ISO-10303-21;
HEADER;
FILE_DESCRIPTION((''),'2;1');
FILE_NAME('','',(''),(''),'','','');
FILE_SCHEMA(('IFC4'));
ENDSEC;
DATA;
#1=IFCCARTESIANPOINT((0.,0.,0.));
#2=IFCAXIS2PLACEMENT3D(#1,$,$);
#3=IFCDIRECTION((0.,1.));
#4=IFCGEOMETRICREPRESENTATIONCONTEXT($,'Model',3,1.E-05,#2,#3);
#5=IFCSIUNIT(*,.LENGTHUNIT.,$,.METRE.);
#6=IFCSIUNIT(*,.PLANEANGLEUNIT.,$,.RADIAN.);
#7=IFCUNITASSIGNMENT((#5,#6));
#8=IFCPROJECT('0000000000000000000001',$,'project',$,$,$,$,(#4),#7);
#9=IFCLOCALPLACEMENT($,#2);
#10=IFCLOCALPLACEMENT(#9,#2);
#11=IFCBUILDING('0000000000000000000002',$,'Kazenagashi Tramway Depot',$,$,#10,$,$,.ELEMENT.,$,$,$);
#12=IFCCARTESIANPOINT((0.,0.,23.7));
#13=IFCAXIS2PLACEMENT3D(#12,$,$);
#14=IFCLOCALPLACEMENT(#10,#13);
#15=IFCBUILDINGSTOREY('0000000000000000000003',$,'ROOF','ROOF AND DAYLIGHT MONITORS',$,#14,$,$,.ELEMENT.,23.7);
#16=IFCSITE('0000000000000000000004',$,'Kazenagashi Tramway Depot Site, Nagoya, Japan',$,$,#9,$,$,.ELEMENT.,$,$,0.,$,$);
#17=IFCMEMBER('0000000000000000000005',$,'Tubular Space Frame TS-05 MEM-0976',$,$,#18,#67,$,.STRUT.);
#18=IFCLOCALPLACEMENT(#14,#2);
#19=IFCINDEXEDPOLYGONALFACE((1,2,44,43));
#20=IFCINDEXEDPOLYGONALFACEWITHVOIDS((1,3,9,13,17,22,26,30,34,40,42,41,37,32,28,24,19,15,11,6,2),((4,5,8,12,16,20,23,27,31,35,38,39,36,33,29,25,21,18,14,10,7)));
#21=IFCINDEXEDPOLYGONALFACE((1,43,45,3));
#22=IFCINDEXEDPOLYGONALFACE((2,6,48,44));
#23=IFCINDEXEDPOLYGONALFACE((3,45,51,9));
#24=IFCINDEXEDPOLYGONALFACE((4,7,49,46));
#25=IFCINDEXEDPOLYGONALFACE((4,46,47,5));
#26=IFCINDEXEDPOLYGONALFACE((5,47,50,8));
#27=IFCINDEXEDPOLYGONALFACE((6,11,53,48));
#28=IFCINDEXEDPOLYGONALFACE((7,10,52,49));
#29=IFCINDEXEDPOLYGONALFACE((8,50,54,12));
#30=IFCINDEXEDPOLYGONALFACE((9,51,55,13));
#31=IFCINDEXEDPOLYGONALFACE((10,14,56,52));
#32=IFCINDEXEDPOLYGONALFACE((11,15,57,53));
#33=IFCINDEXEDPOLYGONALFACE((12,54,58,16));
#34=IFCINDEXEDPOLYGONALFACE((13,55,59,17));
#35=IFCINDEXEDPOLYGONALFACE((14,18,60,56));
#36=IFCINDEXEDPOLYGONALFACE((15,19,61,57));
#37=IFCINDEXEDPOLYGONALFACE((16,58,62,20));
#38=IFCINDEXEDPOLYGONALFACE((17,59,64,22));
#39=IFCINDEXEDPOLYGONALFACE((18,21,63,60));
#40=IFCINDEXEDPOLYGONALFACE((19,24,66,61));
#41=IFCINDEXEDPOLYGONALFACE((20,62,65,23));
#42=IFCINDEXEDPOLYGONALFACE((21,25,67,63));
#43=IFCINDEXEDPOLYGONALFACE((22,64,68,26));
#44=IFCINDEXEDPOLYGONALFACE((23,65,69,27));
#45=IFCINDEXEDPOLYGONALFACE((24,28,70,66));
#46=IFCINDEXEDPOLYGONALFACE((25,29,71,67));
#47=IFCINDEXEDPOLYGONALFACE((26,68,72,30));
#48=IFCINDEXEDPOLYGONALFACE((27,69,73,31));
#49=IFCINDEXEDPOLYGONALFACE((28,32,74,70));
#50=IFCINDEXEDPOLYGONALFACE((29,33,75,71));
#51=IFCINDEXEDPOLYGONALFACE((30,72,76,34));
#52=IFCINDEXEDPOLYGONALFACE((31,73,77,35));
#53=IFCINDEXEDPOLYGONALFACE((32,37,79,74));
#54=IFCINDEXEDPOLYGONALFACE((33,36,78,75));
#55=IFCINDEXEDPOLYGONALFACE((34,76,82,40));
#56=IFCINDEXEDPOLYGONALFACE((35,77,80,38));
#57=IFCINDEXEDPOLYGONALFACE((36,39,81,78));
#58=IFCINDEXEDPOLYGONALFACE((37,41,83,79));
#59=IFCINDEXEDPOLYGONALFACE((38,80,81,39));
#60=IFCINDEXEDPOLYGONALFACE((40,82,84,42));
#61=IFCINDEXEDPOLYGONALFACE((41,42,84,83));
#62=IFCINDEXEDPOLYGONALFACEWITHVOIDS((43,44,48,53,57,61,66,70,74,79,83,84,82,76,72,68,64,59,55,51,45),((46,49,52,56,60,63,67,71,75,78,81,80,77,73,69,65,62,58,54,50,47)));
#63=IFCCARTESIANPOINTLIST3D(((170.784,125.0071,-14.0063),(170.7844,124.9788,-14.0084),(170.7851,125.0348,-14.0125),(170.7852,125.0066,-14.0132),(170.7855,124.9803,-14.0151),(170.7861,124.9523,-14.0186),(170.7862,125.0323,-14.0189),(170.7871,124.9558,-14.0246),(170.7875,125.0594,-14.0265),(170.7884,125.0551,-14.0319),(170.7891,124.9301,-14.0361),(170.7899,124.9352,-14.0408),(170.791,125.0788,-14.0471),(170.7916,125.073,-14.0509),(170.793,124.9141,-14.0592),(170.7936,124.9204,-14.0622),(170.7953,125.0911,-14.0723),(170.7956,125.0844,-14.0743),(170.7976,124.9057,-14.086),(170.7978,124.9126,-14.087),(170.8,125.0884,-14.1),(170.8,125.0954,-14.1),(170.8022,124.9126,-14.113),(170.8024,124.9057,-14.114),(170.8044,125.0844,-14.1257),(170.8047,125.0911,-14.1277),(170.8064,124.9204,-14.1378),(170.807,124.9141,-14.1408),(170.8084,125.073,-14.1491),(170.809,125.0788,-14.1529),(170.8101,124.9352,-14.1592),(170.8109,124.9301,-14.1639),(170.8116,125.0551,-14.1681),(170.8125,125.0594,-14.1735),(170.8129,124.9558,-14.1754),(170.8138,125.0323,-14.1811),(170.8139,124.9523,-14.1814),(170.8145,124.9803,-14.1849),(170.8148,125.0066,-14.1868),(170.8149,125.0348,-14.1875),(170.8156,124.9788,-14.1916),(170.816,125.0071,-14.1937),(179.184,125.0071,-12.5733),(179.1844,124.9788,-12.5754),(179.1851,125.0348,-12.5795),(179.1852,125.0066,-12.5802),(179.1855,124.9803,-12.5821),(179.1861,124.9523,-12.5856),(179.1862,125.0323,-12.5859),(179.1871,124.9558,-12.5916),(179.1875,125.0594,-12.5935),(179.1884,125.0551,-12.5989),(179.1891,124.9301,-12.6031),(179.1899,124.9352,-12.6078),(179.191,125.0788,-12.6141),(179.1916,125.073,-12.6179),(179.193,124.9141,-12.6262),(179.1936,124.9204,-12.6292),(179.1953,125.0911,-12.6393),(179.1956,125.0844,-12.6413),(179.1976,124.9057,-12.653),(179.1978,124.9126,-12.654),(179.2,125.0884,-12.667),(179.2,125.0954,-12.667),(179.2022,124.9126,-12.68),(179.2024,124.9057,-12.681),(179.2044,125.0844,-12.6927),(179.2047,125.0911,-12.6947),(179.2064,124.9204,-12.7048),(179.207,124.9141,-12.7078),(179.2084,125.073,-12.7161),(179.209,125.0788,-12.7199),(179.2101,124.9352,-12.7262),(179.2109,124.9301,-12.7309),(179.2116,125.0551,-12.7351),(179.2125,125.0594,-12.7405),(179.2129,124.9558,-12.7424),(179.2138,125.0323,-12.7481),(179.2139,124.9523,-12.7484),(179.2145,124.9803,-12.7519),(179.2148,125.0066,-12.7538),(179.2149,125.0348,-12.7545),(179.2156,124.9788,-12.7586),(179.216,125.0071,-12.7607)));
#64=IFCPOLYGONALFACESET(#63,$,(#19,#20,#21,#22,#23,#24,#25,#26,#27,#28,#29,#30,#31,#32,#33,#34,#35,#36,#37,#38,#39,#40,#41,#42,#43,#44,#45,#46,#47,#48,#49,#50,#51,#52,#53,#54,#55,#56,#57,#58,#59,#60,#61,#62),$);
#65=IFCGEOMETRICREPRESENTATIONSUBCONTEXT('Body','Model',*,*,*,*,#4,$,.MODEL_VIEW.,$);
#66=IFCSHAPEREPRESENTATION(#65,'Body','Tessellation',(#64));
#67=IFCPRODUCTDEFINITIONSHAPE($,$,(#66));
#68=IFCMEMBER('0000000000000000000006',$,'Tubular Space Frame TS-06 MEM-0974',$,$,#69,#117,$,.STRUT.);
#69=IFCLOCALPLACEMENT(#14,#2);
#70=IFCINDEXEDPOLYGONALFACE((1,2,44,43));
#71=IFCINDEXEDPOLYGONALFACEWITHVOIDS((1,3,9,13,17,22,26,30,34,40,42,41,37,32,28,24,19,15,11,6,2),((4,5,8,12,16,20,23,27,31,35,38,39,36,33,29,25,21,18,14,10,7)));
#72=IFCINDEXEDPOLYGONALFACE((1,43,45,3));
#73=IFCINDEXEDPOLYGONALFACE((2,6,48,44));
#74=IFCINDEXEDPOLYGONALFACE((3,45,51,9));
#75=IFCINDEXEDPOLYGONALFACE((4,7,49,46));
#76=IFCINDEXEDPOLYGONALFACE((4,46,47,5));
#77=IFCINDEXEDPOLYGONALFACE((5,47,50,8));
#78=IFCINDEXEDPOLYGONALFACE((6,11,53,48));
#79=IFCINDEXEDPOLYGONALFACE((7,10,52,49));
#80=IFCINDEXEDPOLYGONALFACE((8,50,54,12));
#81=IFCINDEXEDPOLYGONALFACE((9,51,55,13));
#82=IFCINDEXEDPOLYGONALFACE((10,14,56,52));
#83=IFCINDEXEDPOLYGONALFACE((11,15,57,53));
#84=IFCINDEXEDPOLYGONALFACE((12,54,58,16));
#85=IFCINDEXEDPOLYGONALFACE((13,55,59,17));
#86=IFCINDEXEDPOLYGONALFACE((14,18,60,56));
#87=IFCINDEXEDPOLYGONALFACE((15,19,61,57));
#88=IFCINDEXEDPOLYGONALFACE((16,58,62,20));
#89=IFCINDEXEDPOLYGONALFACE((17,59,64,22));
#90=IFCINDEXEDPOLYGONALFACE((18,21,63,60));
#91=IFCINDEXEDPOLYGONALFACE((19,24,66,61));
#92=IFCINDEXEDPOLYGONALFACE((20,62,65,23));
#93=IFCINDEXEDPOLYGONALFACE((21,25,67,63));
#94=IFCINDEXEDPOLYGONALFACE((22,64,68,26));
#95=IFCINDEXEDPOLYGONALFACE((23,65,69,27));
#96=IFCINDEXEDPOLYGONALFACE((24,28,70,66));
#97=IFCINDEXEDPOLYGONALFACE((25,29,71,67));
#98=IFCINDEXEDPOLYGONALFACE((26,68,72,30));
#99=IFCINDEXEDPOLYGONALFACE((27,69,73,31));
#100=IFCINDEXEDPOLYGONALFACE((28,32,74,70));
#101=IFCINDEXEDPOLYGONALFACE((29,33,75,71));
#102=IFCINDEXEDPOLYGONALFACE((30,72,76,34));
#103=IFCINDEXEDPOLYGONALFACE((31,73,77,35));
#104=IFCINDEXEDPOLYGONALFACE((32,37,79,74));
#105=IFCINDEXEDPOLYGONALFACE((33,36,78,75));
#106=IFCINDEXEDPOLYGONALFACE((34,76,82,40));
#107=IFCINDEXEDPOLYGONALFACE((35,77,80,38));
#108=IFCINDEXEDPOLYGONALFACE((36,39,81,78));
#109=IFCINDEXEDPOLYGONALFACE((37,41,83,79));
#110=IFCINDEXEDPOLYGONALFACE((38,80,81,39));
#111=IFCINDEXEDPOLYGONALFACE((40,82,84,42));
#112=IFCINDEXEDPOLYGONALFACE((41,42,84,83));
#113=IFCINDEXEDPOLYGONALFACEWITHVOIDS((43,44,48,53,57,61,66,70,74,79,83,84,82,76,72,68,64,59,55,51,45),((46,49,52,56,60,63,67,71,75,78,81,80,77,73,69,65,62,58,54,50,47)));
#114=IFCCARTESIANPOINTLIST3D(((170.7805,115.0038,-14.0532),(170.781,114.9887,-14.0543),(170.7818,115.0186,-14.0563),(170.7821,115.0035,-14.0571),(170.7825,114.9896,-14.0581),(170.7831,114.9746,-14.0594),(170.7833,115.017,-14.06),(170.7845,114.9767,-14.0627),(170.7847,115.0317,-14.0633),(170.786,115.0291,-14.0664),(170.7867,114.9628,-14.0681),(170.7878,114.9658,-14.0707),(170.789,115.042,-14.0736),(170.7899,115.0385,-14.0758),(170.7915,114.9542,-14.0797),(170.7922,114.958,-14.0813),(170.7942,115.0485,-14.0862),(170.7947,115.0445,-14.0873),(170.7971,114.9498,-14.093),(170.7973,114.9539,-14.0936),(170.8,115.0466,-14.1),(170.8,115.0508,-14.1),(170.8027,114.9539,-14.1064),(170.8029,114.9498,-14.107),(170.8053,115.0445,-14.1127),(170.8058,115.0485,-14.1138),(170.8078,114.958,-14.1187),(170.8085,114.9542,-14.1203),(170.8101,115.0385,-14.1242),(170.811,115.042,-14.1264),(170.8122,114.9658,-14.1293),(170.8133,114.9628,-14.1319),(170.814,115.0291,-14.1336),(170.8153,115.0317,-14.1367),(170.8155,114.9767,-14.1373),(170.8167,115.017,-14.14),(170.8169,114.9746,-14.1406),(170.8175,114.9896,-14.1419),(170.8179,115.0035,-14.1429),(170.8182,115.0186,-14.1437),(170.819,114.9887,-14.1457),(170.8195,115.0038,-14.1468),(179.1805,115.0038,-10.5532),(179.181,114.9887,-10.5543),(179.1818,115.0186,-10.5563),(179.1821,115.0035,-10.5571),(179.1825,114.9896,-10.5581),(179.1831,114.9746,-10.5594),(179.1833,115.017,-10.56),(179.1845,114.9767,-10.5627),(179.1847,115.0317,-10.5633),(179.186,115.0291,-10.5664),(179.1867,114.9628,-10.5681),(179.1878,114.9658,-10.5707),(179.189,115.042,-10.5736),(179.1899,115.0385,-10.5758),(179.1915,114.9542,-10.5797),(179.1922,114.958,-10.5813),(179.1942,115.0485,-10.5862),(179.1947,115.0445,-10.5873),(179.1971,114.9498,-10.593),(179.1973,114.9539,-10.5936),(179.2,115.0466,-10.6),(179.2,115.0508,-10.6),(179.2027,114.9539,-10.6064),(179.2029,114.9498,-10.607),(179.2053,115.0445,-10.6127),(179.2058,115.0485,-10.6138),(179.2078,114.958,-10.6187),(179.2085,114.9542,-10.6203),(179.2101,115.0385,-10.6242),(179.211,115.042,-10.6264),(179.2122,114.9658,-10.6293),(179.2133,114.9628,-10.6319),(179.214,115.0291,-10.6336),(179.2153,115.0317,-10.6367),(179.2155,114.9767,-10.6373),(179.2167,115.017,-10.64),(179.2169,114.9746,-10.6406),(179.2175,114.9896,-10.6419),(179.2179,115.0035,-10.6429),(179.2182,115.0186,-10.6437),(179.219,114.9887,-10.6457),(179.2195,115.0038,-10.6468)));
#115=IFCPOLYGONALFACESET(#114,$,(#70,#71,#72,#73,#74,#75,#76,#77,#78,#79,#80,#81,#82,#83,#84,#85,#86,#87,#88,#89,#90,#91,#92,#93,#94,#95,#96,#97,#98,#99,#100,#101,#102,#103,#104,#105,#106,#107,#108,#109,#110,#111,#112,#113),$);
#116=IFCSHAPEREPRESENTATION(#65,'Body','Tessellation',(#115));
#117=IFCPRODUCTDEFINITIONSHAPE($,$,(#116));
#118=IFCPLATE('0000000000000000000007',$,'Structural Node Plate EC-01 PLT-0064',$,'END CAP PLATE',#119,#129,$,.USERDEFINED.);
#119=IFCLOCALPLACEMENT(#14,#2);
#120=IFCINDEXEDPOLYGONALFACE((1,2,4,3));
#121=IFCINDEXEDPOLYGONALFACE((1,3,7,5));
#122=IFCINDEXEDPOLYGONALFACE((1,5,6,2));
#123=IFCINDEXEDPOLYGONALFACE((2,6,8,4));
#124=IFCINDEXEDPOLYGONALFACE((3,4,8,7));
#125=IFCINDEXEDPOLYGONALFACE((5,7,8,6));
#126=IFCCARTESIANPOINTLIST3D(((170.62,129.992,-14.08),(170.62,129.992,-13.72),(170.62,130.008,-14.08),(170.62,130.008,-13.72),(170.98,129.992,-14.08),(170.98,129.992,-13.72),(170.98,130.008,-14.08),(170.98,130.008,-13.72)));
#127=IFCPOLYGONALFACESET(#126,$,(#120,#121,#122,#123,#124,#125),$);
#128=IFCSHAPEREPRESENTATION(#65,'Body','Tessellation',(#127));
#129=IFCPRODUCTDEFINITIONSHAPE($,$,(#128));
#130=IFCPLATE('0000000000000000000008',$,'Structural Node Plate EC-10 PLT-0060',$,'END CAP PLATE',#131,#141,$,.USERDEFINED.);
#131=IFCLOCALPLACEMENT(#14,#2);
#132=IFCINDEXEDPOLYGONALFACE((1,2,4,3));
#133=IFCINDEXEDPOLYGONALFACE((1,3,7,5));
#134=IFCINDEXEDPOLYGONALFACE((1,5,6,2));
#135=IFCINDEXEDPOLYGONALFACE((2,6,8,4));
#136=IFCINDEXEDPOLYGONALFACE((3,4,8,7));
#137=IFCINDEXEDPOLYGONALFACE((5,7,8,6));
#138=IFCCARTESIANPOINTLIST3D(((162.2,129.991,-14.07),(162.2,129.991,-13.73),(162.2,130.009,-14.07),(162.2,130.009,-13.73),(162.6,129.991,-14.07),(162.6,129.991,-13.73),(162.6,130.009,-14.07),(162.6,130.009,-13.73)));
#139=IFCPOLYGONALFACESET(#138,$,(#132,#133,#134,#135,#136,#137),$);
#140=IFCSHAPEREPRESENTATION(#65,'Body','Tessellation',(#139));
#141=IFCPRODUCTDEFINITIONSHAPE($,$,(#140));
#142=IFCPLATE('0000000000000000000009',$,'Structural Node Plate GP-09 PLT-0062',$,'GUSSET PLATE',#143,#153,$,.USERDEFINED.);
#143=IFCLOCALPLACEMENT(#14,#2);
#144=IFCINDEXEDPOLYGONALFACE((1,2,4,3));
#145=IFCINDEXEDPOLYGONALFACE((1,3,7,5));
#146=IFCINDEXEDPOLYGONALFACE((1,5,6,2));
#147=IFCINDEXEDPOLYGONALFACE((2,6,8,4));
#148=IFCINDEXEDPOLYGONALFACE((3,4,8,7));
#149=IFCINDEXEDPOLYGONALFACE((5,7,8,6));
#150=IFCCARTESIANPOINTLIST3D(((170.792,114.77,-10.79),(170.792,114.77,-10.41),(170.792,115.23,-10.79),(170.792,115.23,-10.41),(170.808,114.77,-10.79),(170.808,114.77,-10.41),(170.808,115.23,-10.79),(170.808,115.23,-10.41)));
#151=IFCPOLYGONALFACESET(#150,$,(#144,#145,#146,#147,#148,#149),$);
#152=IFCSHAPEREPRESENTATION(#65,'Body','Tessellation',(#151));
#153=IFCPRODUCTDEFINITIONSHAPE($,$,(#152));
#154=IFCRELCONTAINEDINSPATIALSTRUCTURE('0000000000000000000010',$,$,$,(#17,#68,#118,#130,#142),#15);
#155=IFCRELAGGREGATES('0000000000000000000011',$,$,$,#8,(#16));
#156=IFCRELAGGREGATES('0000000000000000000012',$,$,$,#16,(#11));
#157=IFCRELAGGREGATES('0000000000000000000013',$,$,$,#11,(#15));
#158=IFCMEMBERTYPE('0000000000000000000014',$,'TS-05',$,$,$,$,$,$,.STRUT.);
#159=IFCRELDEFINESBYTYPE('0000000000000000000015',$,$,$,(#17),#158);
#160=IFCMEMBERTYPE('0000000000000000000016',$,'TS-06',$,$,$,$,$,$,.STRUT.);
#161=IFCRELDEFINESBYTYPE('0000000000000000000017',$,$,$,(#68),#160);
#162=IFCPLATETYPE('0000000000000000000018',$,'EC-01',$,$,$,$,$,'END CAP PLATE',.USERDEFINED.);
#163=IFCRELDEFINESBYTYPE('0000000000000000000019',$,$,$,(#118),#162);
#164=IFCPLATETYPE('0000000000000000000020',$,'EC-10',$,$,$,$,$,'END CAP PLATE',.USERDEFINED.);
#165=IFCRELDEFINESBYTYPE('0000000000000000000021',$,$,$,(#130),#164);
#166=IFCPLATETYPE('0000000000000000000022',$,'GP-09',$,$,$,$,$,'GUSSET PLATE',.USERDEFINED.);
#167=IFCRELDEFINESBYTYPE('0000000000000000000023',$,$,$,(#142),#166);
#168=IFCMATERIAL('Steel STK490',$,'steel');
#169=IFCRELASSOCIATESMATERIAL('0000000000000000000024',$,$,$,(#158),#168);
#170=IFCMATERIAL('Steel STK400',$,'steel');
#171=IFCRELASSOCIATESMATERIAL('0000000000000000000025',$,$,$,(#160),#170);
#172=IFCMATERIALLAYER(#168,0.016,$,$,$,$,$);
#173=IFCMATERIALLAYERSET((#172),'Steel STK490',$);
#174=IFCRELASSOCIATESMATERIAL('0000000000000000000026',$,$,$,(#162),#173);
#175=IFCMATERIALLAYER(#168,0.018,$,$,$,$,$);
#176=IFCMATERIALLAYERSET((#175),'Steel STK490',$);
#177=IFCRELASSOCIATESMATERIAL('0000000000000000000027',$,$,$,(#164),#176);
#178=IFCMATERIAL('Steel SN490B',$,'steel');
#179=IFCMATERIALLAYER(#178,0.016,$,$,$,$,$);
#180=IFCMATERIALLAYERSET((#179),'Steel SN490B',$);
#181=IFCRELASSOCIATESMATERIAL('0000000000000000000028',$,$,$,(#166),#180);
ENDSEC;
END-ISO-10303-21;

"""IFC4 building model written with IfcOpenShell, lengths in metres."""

from ifc_helpers import new_model, si_unit, direction, frame, origin, origin_2d, place, context, subcontext, project, spatial, rectangle, hollow_circle, extrude, material, layer, layer_set, material_profile, profile_set, type_object, element, save


model = new_model("IFC4")

# Units and contexts
model_context = context("Model", 3, precision=1e-05, world=origin(), true_north=direction((0.0, 1.0)))
body_context = subcontext(model_context, "Body", "Model", "MODEL_VIEW")
ifc_project = project(units=[si_unit("LENGTHUNIT", "METRE"), si_unit("PLANEANGLEUNIT", "RADIAN")], contexts=[model_context])

# Site, building, storey
site_placement = place(None, origin())
site = spatial("IfcSite", under=ifc_project, at=site_placement, Name="Kazenagashi Tramway Depot Site, Nagoya, Japan", CompositionType="ELEMENT", RefElevation=0.0)
building_placement = place(site_placement, origin())
building = spatial("IfcBuilding", under=site, at=building_placement, Name="Kazenagashi Tramway Depot", CompositionType="ELEMENT")
storey_placement = place(building_placement, frame((0.0, 0.0, 23.7)))
storey = spatial("IfcBuildingStorey", under=building, at=storey_placement, Name="ROOF", Description="ROOF AND DAYLIGHT MONITORS", CompositionType="ELEMENT", Elevation=23.7)

# Members
ifc_material_1 = material(Name="Steel STK490", Category="steel")
ifc_material_profile_1 = material_profile(ifc_material_1, hollow_circle(Radius=0.0954, WallThickness=0.007, at=origin_2d()), Name="CHS-190.7x7.0")
ifc_profile_set_1 = profile_set([ifc_material_profile_1], Name="Steel STK490")
member_type_1 = type_object("IfcMemberType", Name="TS-05", PredefinedType="STRUT", material=ifc_profile_set_1)
for number, where, z_axis, x_axis, name in (
    (1, (170.8, 125.0, -14.1), (0.985759, 0.0, 0.168166), (0.0, 1.0, 0.0), "Tubular Space Frame TS-05 MEM-0976"),
):
    element("IfcMember", number, at=place(storey_placement, frame(where, z_axis=z_axis, x_axis=x_axis)), inside=storey, type_object=member_type_1, Name=name, PredefinedType="STRUT", context=body_context, shape_type="SweptSolid", body=[
        extrude(hollow_circle(Radius=0.0954, WallThickness=0.007, at=origin_2d()), origin(), (0.0, 0.0, 1.0), 8.5214),
    ])
ifc_material_2 = material(Name="Steel STK400", Category="steel")
ifc_material_profile_2 = material_profile(ifc_material_2, hollow_circle(Radius=0.0508, WallThickness=0.0042, at=origin_2d()), Name="CHS-101.6x4.2")
ifc_profile_set_2 = profile_set([ifc_material_profile_2], Name="Steel STK400")
member_type_2 = type_object("IfcMemberType", Name="TS-06", PredefinedType="STRUT", material=ifc_profile_set_2)
member_1_placement = place(storey_placement, frame((170.8, 115.0, -14.1), z_axis=(0.923077, 0.0, 0.384615), x_axis=(0.0, 1.0, 0.0)))
element("IfcMember", 2, at=member_1_placement, inside=storey, type_object=member_type_2, Name="Tubular Space Frame TS-06 MEM-0974", PredefinedType="STRUT", context=body_context, shape_type="SweptSolid", body=[
    extrude(hollow_circle(Radius=0.0508, WallThickness=0.0042, at=origin_2d()), origin(), (0.0, 0.0, 1.0), 9.1),
])

# Plates
ifc_layer_1 = layer(ifc_material_1, 0.016)
ifc_layer_set_1 = layer_set([ifc_layer_1], Name="Steel STK490")
plate_type_1 = type_object("IfcPlateType", Name="EC-01", ElementType="END CAP PLATE", PredefinedType="USERDEFINED", material=ifc_layer_set_1)
plate_1_placement = place(storey_placement, frame((170.8, 130.0, -14.08), z_axis=(0.0, 0.0, 1.0), x_axis=(1.0, 0.0, 0.0)))
element("IfcPlate", 3, at=plate_1_placement, inside=storey, type_object=plate_type_1, Name="Structural Node Plate EC-01 PLT-0064", ObjectType="END CAP PLATE", PredefinedType="USERDEFINED", context=body_context, shape_type="SweptSolid", body=[
    extrude(rectangle(XDim=0.36, YDim=0.016, at=origin_2d()), origin(), (0.0, 0.0, 1.0), 0.36),
])
ifc_layer_2 = layer(ifc_material_1, 0.018)
ifc_layer_set_2 = layer_set([ifc_layer_2], Name="Steel STK490")
plate_type_2 = type_object("IfcPlateType", Name="EC-10", ElementType="END CAP PLATE", PredefinedType="USERDEFINED", material=ifc_layer_set_2)
plate_2_placement = place(storey_placement, frame((162.4, 130.0, -14.07), z_axis=(0.0, 0.0, 1.0), x_axis=(1.0, 0.0, 0.0)))
element("IfcPlate", 4, at=plate_2_placement, inside=storey, type_object=plate_type_2, Name="Structural Node Plate EC-10 PLT-0060", ObjectType="END CAP PLATE", PredefinedType="USERDEFINED", context=body_context, shape_type="SweptSolid", body=[
    extrude(rectangle(XDim=0.4, YDim=0.018, at=origin_2d()), origin(), (0.0, 0.0, 1.0), 0.34),
])
ifc_material_3 = material(Name="Steel SN490B", Category="steel")
ifc_layer_3 = layer(ifc_material_3, 0.016)
ifc_layer_set_3 = layer_set([ifc_layer_3], Name="Steel SN490B")
plate_type_3 = type_object("IfcPlateType", Name="GP-09", ElementType="GUSSET PLATE", PredefinedType="USERDEFINED", material=ifc_layer_set_3)
plate_3_placement = place(storey_placement, frame((170.8, 115.0, -10.79), z_axis=(0.0, 0.0, 1.0), x_axis=(0.0, 1.0, 0.0)))
element("IfcPlate", 5, at=plate_3_placement, inside=storey, type_object=plate_type_3, Name="Structural Node Plate GP-09 PLT-0062", ObjectType="GUSSET PLATE", PredefinedType="USERDEFINED", context=body_context, shape_type="SweptSolid", body=[
    extrude(rectangle(XDim=0.46, YDim=0.016, at=origin_2d()), origin(), (0.0, 0.0, 1.0), 0.38),
])

save(model, "model.ifc")
